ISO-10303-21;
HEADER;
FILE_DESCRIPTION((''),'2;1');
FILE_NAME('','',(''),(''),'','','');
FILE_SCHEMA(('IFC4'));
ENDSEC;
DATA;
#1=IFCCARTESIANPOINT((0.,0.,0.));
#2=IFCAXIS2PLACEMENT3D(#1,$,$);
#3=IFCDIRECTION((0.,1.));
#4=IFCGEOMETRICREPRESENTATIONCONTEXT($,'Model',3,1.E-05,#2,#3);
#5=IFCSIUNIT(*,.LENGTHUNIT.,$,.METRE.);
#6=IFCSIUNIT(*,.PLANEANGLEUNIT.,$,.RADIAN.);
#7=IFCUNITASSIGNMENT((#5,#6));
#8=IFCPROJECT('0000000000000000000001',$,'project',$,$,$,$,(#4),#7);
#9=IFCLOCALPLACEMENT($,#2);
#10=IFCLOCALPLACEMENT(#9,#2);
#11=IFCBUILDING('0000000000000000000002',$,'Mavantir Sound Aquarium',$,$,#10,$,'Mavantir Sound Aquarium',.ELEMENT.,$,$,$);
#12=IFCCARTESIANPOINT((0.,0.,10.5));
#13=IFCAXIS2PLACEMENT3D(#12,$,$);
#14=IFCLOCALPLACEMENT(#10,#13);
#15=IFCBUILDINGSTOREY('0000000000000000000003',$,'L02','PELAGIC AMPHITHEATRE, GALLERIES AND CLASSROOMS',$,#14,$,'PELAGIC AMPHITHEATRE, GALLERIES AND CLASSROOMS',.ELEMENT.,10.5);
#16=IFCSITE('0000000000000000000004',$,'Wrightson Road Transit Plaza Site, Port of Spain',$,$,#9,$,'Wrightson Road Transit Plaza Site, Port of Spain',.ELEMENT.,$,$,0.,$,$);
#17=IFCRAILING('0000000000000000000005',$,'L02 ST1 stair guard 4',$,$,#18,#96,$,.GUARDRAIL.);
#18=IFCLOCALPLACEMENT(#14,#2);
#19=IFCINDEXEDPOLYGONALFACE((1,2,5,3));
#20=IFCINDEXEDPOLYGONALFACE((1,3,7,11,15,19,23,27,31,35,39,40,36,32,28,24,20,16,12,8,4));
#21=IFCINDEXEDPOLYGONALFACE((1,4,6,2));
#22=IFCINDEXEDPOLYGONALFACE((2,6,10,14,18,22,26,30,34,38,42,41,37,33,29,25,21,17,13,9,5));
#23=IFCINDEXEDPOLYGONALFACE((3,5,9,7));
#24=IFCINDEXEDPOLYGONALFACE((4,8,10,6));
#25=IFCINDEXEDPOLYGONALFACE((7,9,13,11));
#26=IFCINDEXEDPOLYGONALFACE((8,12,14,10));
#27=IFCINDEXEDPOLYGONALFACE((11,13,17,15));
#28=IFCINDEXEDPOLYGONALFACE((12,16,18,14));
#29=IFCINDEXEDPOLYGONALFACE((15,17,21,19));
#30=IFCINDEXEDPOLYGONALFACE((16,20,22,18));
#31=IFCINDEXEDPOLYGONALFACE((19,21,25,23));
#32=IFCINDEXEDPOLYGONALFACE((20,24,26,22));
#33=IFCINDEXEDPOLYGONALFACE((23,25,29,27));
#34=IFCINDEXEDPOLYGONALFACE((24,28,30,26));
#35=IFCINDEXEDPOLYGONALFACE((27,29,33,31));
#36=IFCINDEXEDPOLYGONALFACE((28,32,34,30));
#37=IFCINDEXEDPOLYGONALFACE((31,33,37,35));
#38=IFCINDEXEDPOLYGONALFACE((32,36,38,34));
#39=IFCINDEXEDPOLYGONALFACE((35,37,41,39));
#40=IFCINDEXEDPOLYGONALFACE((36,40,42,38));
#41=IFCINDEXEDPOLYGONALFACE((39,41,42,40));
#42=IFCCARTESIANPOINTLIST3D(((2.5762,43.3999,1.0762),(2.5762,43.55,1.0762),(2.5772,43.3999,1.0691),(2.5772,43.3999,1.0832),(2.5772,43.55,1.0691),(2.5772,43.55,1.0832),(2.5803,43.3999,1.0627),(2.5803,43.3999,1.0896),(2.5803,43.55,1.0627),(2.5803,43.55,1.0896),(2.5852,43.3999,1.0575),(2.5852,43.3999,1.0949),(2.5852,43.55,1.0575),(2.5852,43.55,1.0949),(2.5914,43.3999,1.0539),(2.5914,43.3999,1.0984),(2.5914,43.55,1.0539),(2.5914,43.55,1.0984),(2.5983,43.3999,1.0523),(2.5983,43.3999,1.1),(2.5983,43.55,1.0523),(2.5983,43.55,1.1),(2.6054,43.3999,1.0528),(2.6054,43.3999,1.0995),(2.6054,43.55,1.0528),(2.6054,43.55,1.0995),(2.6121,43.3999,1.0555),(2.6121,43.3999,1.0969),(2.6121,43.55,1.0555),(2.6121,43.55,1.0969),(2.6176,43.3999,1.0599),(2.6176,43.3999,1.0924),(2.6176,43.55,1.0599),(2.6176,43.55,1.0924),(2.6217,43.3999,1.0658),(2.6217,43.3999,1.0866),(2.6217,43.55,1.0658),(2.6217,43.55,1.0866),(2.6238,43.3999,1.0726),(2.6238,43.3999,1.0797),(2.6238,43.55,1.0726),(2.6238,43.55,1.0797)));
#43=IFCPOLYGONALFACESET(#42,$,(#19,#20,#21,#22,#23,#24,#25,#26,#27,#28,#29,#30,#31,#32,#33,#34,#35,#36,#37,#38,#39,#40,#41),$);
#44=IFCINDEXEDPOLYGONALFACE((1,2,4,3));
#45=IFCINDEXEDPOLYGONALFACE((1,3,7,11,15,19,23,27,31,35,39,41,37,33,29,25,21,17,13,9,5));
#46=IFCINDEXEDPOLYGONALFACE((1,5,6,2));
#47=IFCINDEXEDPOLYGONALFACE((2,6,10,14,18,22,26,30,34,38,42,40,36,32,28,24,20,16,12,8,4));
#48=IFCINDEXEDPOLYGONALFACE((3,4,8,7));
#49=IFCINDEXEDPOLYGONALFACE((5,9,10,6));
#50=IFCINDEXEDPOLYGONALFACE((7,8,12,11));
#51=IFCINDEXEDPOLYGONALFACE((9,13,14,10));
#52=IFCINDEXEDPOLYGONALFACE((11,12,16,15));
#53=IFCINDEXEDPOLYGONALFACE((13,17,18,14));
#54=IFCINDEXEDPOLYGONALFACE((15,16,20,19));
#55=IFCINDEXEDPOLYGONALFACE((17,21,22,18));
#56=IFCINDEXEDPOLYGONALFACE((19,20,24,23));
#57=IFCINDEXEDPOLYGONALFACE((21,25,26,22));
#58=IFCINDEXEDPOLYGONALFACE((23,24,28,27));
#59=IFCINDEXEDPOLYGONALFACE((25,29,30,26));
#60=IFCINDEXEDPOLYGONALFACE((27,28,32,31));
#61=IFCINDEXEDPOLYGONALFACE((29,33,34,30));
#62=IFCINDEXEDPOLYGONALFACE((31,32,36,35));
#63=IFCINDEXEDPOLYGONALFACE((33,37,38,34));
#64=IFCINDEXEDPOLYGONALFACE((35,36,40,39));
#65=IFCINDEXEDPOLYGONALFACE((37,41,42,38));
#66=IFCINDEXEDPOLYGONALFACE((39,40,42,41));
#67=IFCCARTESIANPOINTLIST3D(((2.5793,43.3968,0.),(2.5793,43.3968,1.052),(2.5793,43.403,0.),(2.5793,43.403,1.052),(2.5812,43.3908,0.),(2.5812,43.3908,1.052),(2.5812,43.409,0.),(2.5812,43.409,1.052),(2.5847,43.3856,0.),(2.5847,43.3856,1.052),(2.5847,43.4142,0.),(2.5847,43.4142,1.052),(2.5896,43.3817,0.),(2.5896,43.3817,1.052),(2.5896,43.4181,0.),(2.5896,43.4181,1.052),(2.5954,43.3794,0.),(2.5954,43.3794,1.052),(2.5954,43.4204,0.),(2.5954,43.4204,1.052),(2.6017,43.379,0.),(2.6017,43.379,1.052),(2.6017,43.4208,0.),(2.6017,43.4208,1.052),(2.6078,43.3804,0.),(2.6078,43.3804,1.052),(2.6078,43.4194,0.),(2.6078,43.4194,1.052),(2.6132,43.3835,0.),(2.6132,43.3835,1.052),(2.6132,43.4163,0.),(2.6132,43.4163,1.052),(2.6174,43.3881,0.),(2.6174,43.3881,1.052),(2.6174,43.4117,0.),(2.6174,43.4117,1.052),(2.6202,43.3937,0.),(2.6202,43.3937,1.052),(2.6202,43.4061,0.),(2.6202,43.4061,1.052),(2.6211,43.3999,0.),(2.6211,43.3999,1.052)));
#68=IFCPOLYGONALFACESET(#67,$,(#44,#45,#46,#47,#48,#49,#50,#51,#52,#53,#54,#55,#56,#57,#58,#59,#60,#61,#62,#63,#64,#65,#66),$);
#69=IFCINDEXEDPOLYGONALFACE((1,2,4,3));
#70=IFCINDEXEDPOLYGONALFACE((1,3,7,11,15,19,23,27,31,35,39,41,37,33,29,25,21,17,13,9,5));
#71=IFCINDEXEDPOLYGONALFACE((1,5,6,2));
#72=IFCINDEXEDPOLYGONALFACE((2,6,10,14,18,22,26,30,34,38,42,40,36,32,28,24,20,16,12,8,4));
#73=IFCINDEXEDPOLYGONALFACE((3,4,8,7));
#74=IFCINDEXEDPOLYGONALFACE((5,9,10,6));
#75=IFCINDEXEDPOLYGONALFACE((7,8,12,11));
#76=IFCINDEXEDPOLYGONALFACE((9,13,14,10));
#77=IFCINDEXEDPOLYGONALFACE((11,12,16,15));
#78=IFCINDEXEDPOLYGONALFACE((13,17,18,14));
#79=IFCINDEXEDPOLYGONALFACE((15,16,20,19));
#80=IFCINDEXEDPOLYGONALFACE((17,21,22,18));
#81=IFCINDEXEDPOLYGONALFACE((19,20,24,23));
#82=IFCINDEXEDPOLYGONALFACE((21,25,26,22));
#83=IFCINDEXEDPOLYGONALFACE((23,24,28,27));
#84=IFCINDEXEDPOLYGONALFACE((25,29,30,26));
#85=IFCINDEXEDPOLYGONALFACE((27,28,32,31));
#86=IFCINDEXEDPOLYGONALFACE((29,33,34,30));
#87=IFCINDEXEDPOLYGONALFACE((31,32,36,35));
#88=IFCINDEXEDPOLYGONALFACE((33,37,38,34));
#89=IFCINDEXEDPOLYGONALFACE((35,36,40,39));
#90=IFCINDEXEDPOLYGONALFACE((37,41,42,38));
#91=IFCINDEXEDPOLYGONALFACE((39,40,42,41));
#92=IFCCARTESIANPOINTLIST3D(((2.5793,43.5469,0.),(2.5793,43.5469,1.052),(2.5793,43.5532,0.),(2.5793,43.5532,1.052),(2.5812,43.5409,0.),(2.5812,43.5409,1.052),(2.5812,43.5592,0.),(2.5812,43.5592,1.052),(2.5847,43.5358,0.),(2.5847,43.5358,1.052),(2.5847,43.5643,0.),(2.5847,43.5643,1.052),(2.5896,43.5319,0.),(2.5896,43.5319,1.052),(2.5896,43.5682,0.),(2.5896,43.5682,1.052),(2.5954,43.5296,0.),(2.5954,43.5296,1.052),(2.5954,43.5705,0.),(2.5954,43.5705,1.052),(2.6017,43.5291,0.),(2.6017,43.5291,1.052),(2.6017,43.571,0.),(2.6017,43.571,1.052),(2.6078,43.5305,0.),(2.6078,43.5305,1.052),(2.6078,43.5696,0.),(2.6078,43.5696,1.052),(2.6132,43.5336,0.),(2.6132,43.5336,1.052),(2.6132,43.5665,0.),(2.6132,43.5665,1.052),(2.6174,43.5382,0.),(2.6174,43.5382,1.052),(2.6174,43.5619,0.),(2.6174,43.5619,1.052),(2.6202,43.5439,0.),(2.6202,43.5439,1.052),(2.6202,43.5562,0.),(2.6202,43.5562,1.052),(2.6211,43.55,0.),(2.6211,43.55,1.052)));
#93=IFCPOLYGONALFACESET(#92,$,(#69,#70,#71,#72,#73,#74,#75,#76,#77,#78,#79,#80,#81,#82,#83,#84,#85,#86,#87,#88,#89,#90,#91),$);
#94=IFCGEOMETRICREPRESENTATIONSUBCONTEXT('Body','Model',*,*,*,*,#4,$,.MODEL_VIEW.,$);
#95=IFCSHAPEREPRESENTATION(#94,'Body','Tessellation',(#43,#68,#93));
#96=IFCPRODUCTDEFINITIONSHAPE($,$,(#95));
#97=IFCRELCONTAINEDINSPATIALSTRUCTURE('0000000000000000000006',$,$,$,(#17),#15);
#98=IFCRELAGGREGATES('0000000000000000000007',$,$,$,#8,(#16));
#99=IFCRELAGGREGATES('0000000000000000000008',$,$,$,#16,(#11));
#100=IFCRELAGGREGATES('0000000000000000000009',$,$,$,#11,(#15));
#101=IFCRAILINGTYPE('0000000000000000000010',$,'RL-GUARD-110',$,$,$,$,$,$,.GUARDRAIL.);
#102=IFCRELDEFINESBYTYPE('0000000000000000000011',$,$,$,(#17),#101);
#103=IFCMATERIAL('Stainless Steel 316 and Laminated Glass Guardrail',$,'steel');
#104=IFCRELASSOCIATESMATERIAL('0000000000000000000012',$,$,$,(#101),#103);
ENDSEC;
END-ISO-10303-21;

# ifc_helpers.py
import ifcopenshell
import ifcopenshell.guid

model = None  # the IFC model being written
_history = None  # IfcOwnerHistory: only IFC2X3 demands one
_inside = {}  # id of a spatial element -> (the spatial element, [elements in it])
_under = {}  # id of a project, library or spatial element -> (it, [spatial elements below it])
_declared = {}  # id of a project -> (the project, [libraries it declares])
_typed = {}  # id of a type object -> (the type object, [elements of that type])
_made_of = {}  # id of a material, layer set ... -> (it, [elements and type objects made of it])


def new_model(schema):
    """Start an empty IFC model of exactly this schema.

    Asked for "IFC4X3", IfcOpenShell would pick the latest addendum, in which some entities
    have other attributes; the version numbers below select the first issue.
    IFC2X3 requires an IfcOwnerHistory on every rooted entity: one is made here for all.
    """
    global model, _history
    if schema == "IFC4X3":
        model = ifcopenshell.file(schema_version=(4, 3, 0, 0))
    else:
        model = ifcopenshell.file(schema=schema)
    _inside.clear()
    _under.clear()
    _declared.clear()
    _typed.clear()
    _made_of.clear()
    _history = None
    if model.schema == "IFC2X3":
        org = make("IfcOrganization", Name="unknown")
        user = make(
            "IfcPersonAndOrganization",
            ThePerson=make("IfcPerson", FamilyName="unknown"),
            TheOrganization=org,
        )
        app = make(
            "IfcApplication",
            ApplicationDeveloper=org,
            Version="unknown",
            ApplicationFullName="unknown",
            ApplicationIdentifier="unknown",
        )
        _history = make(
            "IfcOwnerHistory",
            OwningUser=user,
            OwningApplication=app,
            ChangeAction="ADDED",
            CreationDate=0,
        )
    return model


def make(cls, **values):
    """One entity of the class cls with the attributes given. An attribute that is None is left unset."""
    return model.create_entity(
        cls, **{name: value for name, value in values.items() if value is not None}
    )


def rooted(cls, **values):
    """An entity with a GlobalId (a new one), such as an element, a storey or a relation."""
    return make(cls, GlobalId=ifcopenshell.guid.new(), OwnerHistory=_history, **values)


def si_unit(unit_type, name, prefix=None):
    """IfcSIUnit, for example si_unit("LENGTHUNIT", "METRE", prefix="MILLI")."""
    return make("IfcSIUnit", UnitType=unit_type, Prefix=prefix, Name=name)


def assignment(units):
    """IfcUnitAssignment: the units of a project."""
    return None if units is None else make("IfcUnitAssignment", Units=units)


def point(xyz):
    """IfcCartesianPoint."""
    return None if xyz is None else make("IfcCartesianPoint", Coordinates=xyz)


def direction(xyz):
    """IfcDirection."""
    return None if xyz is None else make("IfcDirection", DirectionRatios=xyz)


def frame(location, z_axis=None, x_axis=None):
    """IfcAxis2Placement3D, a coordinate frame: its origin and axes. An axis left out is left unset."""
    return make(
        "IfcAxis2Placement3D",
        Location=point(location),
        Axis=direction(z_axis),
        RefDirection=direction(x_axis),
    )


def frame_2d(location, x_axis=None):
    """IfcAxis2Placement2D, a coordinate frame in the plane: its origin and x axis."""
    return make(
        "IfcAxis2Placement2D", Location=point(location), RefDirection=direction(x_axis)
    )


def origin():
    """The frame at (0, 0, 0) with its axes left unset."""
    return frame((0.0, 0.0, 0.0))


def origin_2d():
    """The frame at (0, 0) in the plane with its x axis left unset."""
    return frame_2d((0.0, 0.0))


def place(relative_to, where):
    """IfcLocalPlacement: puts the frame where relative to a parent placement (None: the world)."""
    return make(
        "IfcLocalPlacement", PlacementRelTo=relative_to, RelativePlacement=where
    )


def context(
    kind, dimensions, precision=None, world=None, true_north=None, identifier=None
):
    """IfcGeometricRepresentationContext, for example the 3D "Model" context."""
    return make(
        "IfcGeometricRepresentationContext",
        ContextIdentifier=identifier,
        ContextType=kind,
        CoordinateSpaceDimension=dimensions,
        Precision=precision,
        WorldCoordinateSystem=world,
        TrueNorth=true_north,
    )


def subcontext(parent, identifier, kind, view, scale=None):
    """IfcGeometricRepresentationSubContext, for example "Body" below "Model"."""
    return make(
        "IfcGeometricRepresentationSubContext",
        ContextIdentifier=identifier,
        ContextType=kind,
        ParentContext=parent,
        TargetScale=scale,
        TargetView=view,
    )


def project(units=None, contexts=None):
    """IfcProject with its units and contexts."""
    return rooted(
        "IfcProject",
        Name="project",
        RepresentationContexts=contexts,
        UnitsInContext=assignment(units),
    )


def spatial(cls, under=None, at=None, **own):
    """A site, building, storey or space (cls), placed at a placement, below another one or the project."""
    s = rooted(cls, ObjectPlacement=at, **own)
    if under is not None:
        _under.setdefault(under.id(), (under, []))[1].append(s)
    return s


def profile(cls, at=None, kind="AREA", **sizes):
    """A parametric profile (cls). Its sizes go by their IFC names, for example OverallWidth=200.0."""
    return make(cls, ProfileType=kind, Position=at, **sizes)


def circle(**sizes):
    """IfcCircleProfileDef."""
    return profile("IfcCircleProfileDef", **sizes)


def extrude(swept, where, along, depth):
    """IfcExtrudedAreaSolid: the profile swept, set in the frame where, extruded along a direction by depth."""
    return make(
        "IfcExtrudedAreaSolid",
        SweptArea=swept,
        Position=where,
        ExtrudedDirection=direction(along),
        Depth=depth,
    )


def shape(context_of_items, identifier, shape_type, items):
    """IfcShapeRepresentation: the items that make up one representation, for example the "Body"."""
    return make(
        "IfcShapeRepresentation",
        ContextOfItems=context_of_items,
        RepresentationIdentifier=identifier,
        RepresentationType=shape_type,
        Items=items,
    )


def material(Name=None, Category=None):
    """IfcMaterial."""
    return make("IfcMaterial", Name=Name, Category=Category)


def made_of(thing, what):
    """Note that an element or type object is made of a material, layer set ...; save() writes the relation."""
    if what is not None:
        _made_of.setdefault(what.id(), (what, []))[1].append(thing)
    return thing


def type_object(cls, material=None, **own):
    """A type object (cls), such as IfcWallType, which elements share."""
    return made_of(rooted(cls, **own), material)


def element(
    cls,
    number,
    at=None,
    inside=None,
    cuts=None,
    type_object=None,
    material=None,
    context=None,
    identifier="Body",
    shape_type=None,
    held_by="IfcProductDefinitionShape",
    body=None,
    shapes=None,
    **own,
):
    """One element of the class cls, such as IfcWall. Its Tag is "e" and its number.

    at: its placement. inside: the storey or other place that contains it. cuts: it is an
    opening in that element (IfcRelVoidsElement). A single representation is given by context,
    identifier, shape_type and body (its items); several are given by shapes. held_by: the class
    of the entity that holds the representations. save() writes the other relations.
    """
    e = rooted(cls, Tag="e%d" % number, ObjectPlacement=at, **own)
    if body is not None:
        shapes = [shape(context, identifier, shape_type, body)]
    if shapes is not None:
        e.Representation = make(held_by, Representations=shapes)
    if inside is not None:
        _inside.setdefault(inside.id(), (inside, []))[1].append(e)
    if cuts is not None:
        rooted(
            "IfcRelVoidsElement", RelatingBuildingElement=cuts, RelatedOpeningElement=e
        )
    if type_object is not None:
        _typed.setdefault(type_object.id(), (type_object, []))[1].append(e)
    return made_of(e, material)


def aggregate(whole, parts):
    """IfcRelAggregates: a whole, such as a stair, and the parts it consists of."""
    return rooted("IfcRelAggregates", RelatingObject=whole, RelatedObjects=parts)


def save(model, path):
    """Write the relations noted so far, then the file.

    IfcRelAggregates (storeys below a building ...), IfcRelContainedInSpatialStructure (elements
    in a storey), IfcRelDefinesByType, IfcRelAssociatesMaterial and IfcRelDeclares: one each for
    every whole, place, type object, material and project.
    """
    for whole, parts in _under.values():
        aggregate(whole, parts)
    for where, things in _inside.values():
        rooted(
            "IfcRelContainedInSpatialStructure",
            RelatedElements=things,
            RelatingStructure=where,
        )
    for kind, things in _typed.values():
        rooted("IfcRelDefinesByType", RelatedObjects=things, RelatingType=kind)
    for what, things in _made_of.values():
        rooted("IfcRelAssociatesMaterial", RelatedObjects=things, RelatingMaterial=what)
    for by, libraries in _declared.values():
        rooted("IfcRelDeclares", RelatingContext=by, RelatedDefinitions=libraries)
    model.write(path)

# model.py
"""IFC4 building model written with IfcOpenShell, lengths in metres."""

from ifc_helpers import new_model, si_unit, direction, frame, origin, origin_2d, place, context, subcontext, project, spatial, circle, extrude, material, type_object, element, save


model = new_model("IFC4")

# Units and contexts
model_context = context("Model", 3, precision=1e-05, world=origin(), true_north=direction((0.0, 1.0)))
body_context = subcontext(model_context, "Body", "Model", "MODEL_VIEW")
ifc_project = project(units=[si_unit("LENGTHUNIT", "METRE"), si_unit("PLANEANGLEUNIT", "RADIAN")], contexts=[model_context])

# Site, building, storey
site_placement = place(None, origin())
site = spatial("IfcSite", under=ifc_project, at=site_placement, Name="Wrightson Road Transit Plaza Site, Port of Spain", LongName="Wrightson Road Transit Plaza Site, Port of Spain", CompositionType="ELEMENT", RefElevation=0.0)
building_placement = place(site_placement, origin())
building = spatial("IfcBuilding", under=site, at=building_placement, Name="Mavantir Sound Aquarium", LongName="Mavantir Sound Aquarium", CompositionType="ELEMENT")
storey_placement = place(building_placement, frame((0.0, 0.0, 10.5)))
storey = spatial("IfcBuildingStorey", under=building, at=storey_placement, Name="L02", Description="PELAGIC AMPHITHEATRE, GALLERIES AND CLASSROOMS", LongName="PELAGIC AMPHITHEATRE, GALLERIES AND CLASSROOMS", CompositionType="ELEMENT", Elevation=10.5)

# Railing
ifc_material_1 = material(Name="Stainless Steel 316 and Laminated Glass Guardrail", Category="steel")
railing_type_1 = type_object("IfcRailingType", Name="RL-GUARD-110", PredefinedType="GUARDRAIL", material=ifc_material_1)
railing_1_placement = place(storey_placement, frame((2.6001, 43.3999, 0.0)))
element("IfcRailing", 1, at=railing_1_placement, inside=storey, type_object=railing_type_1, Name="L02 ST1 stair guard 4", PredefinedType="GUARDRAIL", context=body_context, shape_type="SweptSolid", body=[
    extrude(circle(Radius=0.0239, at=origin_2d()), frame((0.0, 0.0, 1.0762), z_axis=(0.0, 1.0, 0.0), x_axis=(-1.0, 0.0, 0.0)), (0.0, 0.0, 1.0), 0.1501),
    extrude(circle(Radius=0.021, at=origin_2d()), origin(), (0.0, 0.0, 1.0), 1.052),
    extrude(circle(Radius=0.021, at=origin_2d()), frame((0.0, 0.1501, 0.0)), (0.0, 0.0, 1.0), 1.052),
])

save(model, "model.ifc")
